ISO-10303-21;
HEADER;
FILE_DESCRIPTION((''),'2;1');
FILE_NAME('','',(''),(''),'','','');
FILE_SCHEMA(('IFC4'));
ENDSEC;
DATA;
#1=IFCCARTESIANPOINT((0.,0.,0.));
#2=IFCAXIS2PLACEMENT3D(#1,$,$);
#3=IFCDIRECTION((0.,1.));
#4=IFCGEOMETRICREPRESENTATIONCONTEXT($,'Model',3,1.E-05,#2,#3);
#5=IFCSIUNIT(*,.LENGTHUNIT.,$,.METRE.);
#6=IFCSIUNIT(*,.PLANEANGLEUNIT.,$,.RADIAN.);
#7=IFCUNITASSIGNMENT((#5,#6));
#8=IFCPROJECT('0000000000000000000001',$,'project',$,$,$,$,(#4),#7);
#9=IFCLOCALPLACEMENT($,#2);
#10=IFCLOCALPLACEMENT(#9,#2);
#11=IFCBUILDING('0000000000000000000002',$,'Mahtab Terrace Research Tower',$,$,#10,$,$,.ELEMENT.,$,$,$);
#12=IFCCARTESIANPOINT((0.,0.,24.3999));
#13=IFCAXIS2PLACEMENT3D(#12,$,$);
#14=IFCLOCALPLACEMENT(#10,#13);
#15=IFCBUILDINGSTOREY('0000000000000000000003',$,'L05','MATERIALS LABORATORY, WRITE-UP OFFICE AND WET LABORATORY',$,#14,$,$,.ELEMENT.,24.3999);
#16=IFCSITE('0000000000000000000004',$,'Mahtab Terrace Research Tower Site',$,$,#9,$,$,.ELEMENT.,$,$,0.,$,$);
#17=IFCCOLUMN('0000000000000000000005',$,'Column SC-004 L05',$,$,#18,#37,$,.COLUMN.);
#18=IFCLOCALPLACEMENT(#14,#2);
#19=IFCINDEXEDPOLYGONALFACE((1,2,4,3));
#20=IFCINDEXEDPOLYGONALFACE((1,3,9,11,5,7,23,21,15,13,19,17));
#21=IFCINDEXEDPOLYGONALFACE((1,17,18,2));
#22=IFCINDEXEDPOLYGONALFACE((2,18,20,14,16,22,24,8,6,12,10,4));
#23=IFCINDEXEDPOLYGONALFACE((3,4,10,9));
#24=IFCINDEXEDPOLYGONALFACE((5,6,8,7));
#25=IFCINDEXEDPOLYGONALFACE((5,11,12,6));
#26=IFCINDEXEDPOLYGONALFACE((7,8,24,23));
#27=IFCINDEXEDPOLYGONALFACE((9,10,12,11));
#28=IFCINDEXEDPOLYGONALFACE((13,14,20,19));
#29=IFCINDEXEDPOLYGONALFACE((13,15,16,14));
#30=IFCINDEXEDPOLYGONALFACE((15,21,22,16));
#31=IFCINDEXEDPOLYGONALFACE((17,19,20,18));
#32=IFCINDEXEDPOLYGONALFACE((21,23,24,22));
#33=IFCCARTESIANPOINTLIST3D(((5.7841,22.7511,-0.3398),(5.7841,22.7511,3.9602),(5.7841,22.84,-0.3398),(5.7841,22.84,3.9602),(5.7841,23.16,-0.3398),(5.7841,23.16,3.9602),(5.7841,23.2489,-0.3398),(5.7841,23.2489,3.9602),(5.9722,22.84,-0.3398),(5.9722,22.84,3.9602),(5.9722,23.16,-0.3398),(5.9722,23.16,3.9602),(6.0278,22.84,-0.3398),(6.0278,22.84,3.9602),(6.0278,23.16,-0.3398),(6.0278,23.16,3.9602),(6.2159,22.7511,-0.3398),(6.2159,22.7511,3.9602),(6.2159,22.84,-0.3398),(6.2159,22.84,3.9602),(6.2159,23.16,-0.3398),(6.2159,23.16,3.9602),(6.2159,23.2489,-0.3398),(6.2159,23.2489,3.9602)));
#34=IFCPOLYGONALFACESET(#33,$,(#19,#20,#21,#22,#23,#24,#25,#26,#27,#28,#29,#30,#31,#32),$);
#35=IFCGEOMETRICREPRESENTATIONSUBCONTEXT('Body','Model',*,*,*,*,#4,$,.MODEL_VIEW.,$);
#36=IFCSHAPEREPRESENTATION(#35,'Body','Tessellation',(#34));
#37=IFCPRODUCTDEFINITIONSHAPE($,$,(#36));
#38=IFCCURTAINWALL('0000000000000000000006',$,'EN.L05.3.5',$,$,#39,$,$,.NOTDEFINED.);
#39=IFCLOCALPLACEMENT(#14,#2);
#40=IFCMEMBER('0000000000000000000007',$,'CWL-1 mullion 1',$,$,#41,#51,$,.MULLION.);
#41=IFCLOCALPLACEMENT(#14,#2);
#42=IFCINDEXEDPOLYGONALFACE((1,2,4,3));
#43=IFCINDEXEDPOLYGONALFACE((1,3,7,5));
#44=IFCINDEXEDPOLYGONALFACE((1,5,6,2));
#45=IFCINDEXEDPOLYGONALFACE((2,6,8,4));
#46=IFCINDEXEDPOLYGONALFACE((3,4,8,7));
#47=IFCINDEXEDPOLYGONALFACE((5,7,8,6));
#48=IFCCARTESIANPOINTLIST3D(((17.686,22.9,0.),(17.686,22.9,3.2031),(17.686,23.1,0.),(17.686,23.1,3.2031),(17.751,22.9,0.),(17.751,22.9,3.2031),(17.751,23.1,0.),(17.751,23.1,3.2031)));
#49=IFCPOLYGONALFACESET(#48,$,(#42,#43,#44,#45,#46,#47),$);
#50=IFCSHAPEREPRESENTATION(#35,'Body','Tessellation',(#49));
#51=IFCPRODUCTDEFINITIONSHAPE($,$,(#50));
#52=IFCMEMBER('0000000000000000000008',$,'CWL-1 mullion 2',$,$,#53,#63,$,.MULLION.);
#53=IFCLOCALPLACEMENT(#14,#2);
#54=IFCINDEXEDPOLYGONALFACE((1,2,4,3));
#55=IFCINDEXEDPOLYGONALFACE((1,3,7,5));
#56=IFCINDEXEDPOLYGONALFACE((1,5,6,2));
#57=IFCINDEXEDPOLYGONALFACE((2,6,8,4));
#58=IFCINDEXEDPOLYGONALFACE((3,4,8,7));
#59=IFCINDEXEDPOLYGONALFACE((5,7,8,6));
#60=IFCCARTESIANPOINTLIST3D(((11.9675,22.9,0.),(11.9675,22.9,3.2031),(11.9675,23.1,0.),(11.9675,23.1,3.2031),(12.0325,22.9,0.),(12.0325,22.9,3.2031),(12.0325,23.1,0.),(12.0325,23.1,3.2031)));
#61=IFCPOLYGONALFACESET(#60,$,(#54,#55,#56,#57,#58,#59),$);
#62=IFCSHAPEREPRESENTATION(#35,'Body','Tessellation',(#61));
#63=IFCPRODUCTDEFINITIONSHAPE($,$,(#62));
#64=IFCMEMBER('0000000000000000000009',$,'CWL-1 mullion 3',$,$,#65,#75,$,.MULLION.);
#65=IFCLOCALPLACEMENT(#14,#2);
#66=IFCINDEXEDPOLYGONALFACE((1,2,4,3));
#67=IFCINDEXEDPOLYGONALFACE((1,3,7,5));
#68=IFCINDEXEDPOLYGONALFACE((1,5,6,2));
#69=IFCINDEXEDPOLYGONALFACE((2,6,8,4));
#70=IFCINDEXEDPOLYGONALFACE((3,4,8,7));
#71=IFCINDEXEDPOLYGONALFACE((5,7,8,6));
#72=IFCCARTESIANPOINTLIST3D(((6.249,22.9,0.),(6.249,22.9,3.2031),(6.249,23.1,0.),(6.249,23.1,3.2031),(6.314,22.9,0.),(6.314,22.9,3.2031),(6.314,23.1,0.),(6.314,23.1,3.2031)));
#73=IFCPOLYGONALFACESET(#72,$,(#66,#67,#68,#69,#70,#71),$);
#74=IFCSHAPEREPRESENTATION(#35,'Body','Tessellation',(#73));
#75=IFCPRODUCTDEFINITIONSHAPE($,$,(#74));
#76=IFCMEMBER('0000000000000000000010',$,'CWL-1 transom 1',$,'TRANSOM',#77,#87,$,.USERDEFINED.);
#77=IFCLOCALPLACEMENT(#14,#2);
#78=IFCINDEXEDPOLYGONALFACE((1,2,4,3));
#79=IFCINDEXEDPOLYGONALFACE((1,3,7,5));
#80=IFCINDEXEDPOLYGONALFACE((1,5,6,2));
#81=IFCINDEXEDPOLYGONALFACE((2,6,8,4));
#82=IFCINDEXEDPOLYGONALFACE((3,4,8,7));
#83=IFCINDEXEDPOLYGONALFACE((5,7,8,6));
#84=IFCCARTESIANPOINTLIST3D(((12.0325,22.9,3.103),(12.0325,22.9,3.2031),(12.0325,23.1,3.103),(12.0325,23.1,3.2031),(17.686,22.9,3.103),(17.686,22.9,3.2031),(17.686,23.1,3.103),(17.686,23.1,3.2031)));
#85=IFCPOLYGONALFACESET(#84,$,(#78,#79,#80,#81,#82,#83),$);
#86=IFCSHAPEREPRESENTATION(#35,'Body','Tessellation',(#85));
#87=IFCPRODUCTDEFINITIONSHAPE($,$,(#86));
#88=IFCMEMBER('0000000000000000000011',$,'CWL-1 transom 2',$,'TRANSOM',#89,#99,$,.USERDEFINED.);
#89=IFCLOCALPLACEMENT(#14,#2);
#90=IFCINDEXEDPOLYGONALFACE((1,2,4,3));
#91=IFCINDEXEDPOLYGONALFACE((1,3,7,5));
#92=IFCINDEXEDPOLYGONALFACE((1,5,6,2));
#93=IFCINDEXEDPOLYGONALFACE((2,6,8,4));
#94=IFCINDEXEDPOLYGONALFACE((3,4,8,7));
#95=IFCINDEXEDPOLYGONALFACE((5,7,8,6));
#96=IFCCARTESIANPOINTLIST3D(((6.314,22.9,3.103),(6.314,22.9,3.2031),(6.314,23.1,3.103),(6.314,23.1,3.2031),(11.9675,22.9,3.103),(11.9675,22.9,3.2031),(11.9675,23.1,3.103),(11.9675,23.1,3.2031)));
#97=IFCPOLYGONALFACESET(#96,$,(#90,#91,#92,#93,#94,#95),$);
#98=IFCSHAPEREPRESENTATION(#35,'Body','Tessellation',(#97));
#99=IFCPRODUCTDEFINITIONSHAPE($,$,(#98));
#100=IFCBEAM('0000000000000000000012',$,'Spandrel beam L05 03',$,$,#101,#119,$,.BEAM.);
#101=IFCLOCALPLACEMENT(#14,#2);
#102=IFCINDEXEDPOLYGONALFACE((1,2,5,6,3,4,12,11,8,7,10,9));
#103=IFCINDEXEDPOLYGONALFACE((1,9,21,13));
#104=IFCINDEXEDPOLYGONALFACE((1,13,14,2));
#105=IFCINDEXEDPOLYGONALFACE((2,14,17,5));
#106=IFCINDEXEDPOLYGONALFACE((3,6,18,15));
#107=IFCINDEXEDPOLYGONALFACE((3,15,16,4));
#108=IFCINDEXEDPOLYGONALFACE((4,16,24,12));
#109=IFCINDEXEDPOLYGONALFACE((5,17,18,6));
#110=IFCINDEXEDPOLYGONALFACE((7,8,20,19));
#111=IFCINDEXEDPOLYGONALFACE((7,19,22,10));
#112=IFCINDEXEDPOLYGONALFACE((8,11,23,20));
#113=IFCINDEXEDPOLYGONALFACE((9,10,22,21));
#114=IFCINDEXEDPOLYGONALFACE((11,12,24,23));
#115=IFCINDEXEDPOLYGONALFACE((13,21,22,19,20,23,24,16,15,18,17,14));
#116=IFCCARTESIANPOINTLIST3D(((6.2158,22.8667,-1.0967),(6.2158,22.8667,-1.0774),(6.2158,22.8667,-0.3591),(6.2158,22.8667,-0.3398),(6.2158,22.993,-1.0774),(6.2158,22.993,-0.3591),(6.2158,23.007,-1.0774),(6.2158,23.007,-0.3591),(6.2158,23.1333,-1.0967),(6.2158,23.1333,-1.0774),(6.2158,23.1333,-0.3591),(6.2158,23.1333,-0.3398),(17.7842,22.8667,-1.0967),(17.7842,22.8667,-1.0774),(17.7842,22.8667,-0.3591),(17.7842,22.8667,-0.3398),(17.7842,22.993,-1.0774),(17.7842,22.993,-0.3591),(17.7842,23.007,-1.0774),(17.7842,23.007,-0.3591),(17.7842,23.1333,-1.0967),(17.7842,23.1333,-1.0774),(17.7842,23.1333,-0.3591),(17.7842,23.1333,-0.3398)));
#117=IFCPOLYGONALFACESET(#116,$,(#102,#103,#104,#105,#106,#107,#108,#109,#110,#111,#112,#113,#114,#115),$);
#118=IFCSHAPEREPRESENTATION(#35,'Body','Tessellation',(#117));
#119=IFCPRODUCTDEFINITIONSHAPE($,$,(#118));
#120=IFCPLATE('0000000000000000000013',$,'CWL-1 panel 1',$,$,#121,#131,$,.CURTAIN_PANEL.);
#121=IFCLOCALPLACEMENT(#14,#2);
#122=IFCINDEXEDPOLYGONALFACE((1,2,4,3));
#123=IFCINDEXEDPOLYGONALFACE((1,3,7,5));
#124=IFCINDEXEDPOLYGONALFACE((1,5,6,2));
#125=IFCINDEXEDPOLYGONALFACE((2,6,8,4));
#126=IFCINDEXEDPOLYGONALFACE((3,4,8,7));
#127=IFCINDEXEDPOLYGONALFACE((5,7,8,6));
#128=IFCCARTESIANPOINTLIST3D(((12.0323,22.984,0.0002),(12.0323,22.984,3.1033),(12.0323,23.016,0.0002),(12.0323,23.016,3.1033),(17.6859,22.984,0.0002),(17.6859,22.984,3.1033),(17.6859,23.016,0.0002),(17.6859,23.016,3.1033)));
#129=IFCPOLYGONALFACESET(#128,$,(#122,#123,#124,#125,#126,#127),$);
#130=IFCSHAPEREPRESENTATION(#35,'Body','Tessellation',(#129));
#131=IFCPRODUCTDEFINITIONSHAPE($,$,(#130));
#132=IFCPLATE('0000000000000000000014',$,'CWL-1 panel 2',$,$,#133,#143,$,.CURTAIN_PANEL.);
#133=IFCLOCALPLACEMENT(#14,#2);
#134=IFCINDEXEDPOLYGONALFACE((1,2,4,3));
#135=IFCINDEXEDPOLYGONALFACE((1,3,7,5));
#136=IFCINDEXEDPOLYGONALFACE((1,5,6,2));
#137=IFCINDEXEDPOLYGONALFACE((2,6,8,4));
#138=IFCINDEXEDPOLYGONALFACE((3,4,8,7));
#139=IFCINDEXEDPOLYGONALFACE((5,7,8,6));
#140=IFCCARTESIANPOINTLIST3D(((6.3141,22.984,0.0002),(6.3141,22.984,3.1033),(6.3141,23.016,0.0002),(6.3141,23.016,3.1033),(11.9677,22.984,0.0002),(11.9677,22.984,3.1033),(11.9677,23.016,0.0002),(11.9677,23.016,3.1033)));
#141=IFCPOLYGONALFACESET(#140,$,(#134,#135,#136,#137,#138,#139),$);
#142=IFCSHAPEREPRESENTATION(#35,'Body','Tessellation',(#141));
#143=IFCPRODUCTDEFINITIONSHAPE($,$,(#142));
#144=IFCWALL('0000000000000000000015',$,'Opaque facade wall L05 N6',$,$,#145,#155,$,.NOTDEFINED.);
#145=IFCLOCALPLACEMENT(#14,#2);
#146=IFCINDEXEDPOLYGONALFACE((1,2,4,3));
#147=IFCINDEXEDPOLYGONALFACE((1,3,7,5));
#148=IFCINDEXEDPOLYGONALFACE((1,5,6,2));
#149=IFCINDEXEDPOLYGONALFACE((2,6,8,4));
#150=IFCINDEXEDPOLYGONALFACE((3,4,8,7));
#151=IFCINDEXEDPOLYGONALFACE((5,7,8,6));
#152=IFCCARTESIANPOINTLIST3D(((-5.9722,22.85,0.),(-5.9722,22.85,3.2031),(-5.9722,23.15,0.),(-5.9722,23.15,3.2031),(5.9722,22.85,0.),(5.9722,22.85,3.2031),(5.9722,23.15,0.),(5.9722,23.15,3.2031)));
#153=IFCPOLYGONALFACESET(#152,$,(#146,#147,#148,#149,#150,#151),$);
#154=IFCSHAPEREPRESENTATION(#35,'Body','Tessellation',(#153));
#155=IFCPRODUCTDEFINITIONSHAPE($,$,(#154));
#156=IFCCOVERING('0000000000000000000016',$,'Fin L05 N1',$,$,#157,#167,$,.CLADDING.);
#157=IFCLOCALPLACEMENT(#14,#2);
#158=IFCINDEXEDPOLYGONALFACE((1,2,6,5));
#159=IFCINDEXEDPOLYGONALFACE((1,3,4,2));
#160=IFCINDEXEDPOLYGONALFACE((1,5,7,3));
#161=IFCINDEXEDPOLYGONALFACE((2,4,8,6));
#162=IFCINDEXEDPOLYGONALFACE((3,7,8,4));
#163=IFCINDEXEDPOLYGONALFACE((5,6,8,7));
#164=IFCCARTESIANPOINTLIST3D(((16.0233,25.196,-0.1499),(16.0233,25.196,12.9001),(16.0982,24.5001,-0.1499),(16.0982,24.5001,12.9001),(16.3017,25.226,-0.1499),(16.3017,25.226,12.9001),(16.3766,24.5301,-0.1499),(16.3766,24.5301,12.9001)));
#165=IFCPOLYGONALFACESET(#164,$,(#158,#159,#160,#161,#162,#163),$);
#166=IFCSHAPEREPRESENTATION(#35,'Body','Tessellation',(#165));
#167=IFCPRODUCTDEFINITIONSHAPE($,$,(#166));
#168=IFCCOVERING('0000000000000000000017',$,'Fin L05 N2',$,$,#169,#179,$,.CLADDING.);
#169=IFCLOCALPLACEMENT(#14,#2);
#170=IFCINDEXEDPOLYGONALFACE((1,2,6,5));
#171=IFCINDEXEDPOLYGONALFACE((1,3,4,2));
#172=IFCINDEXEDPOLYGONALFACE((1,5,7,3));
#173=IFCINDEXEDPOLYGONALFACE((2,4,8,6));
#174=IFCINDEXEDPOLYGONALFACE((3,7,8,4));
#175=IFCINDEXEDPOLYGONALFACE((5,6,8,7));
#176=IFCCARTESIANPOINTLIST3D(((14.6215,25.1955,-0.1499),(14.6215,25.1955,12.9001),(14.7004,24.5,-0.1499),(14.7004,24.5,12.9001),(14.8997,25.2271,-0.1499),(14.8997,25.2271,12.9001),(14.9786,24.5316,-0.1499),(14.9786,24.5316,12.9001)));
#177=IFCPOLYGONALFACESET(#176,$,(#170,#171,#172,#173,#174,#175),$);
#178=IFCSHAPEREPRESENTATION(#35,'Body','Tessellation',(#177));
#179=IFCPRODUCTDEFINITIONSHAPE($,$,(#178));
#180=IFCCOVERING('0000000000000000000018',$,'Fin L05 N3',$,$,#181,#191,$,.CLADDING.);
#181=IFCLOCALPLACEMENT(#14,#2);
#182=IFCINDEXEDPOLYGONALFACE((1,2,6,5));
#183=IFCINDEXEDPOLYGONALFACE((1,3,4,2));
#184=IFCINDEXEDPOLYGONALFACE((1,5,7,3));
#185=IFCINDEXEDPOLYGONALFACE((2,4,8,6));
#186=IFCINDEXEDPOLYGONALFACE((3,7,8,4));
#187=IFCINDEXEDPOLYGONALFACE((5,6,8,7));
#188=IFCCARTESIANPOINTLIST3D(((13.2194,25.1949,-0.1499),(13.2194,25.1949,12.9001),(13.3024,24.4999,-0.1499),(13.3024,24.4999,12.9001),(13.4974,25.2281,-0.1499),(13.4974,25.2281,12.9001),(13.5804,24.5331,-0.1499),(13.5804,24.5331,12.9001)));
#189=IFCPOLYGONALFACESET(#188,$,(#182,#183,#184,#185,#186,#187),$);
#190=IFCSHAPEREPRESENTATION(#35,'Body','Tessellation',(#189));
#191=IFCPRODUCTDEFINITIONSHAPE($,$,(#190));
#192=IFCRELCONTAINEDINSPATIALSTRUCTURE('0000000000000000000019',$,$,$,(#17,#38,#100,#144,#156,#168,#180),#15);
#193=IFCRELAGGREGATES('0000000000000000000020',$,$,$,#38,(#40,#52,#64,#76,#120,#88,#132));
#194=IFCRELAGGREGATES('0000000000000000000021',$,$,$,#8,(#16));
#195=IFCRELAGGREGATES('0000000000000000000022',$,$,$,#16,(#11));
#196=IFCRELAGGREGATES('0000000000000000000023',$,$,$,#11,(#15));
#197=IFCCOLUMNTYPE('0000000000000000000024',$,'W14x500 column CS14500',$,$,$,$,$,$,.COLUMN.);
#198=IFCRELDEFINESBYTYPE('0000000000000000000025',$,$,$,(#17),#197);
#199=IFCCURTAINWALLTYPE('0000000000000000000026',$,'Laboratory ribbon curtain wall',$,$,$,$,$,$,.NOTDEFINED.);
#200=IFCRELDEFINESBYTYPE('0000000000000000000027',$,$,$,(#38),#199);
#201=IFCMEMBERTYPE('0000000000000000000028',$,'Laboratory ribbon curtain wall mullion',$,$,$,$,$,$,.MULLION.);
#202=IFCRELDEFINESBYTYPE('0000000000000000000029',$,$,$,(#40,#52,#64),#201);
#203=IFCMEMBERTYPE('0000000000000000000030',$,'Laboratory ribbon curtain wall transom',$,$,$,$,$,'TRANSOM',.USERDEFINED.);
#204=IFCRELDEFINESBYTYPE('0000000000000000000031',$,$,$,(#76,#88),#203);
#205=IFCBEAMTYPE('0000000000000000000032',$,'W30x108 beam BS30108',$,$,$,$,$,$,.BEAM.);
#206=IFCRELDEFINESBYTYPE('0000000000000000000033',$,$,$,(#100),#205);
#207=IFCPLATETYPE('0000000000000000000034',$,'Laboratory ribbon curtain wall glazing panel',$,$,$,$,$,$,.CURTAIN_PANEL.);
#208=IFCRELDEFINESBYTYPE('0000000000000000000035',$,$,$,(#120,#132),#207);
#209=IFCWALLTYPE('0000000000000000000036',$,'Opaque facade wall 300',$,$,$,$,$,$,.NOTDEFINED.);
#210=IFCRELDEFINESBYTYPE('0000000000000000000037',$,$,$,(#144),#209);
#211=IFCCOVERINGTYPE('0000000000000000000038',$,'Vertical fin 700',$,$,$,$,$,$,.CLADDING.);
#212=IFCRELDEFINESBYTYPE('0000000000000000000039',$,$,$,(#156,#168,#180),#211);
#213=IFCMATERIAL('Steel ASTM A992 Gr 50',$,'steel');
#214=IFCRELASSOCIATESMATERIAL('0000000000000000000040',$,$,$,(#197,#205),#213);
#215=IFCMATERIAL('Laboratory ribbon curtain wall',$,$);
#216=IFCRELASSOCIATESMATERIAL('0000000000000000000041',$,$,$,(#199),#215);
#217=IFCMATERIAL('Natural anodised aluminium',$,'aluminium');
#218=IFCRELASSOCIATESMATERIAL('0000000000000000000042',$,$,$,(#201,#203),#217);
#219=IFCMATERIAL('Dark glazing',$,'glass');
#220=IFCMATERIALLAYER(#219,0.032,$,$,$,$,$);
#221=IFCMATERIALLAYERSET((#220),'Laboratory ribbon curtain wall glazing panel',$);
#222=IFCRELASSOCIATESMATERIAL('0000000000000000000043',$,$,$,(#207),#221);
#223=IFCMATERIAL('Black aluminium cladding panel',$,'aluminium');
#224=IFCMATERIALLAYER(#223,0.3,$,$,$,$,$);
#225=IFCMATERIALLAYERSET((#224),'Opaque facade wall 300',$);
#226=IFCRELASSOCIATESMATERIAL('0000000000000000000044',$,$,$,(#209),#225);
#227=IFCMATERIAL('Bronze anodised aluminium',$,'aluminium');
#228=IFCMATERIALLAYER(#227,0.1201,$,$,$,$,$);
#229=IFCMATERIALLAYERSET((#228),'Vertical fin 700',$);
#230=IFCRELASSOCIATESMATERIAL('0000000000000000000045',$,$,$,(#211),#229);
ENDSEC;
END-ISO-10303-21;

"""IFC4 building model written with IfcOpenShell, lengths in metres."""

from ifc_helpers import new_model, si_unit, direction, frame, frame_2d, origin, origin_2d, place, context, subcontext, project, spatial, rectangle, i_section, extrude, material, layer, layer_set, material_profile, profile_set, type_object, element, aggregate, save


model = new_model("IFC4")

# Units and contexts
model_context = context("Model", 3, precision=1e-05, world=origin(), true_north=direction((0.0, 1.0)))
body_context = subcontext(model_context, "Body", "Model", "MODEL_VIEW")
ifc_project = project(units=[si_unit("LENGTHUNIT", "METRE"), si_unit("PLANEANGLEUNIT", "RADIAN")], contexts=[model_context])

# Site, building, storey
site_placement = place(None, origin())
site = spatial("IfcSite", under=ifc_project, at=site_placement, Name="Mahtab Terrace Research Tower Site", CompositionType="ELEMENT", RefElevation=0.0)
building_placement = place(site_placement, origin())
building = spatial("IfcBuilding", under=site, at=building_placement, Name="Mahtab Terrace Research Tower", CompositionType="ELEMENT")
storey_placement = place(building_placement, frame((0.0, 0.0, 24.3999)))
storey = spatial("IfcBuildingStorey", under=building, at=storey_placement, Name="L05", Description="MATERIALS LABORATORY, WRITE-UP OFFICE AND WET LABORATORY", CompositionType="ELEMENT", Elevation=24.3999)

# Column
ifc_material_1 = material(Name="Steel ASTM A992 Gr 50", Category="steel")
ifc_material_profile_1 = material_profile(ifc_material_1, i_section(OverallWidth=0.4319, OverallDepth=0.4978, WebThickness=0.0557, FlangeThickness=0.0889, at=origin_2d()), Name="W14X500")
ifc_profile_set_1 = profile_set([ifc_material_profile_1], Name="Steel ASTM A992 Gr 50")
column_type = type_object("IfcColumnType", Name="W14x500 column CS14500", PredefinedType="COLUMN", material=ifc_profile_set_1)
column_placement = place(storey_placement, frame((6.0, 23.0, -0.3398), z_axis=(0.0, 0.0, 1.0), x_axis=(1.0, 0.0, 0.0)))
element("IfcColumn", 1, at=column_placement, inside=storey, type_object=column_type, Name="Column SC-004 L05", PredefinedType="COLUMN", context=body_context, shape_type="SweptSolid", body=[
    extrude(i_section(OverallWidth=0.4319, OverallDepth=0.4978, WebThickness=0.0557, FlangeThickness=0.0889, at=origin_2d()), origin(), (0.0, 0.0, 1.0), 4.3),
])

# Curtain wall, members
ifc_material_2 = material(Name="Laboratory ribbon curtain wall")
curtain_wall_type = type_object("IfcCurtainWallType", Name="Laboratory ribbon curtain wall", PredefinedType="NOTDEFINED", material=ifc_material_2)
curtain_wall_placement = place(storey_placement, origin())
curtain_wall = element("IfcCurtainWall", 2, at=curtain_wall_placement, inside=storey, type_object=curtain_wall_type, Name="EN.L05.3.5", PredefinedType="NOTDEFINED")
ifc_material_3 = material(Name="Natural anodised aluminium", Category="aluminium")
ifc_material_profile_2 = material_profile(ifc_material_3, rectangle(XDim=0.2, YDim=0.0649, at=origin_2d()), Name="MULLION 65x200")
ifc_profile_set_2 = profile_set([ifc_material_profile_2], Name="Natural anodised aluminium")
member_type_1 = type_object("IfcMemberType", Name="Laboratory ribbon curtain wall mullion", PredefinedType="MULLION", material=ifc_profile_set_2)
member_1_placement = place(storey_placement, frame((17.7185, 23.0, 0.0), z_axis=(0.0, 0.0, 1.0), x_axis=(0.0, -1.0, 0.0)))
member_1 = element("IfcMember", 3, at=member_1_placement, type_object=member_type_1, Name="CWL-1 mullion 1", PredefinedType="MULLION", context=body_context, shape_type="SweptSolid", body=[
    extrude(rectangle(XDim=0.2, YDim=0.0649, at=origin_2d()), origin(), (0.0, 0.0, 1.0), 3.2031),
])
member_2_placement = place(storey_placement, frame((12.0, 23.0, 0.0), z_axis=(0.0, 0.0, 1.0), x_axis=(0.0, -1.0, 0.0)))
member_2 = element("IfcMember", 4, at=member_2_placement, type_object=member_type_1, Name="CWL-1 mullion 2", PredefinedType="MULLION", context=body_context, shape_type="SweptSolid", body=[
    extrude(rectangle(XDim=0.2, YDim=0.0649, at=origin_2d()), origin(), (0.0, 0.0, 1.0), 3.2031),
])
member_3_placement = place(storey_placement, frame((6.2815, 23.0, 0.0), z_axis=(0.0, 0.0, 1.0), x_axis=(0.0, -1.0, 0.0)))
member_3 = element("IfcMember", 5, at=member_3_placement, type_object=member_type_1, Name="CWL-1 mullion 3", PredefinedType="MULLION", context=body_context, shape_type="SweptSolid", body=[
    extrude(rectangle(XDim=0.2, YDim=0.0649, at=origin_2d()), origin(), (0.0, 0.0, 1.0), 3.2031),
])
ifc_material_profile_3 = material_profile(ifc_material_3, rectangle(XDim=0.2, YDim=0.1001, at=origin_2d()), Name="TRANSOM 100x200")
ifc_profile_set_3 = profile_set([ifc_material_profile_3], Name="Natural anodised aluminium")
member_type_2 = type_object("IfcMemberType", Name="Laboratory ribbon curtain wall transom", ElementType="TRANSOM", PredefinedType="USERDEFINED", material=ifc_profile_set_3)
member_4_placement = place(storey_placement, frame((17.686, 23.0, 3.1531), z_axis=(-1.0, 0.0, 0.0), x_axis=(0.0, -1.0, 0.0)))
member_4 = element("IfcMember", 6, at=member_4_placement, type_object=member_type_2, Name="CWL-1 transom 1", ObjectType="TRANSOM", PredefinedType="USERDEFINED", context=body_context, shape_type="SweptSolid", body=[
    extrude(rectangle(XDim=0.2, YDim=0.1001, at=origin_2d()), origin(), (0.0, 0.0, 1.0), 5.6536),
])
member_5_placement = place(storey_placement, frame((11.9675, 23.0, 3.1531), z_axis=(-1.0, 0.0, 0.0), x_axis=(0.0, -1.0, 0.0)))
member_5 = element("IfcMember", 7, at=member_5_placement, type_object=member_type_2, Name="CWL-1 transom 2", ObjectType="TRANSOM", PredefinedType="USERDEFINED", context=body_context, shape_type="SweptSolid", body=[
    extrude(rectangle(XDim=0.2, YDim=0.1001, at=origin_2d()), origin(), (0.0, 0.0, 1.0), 5.6536),
])

# Beam
ifc_material_profile_4 = material_profile(ifc_material_1, i_section(OverallWidth=0.2666, OverallDepth=0.7568, WebThickness=0.0139, FlangeThickness=0.0193, at=origin_2d()), Name="W30X108")
ifc_profile_set_4 = profile_set([ifc_material_profile_4], Name="Steel ASTM A992 Gr 50")
beam_type = type_object("IfcBeamType", Name="W30x108 beam BS30108", PredefinedType="BEAM", material=ifc_profile_set_4)
beam_placement = place(storey_placement, frame((17.7842, 23.0, -0.7183), z_axis=(-1.0, 0.0, 0.0), x_axis=(0.0, -1.0, 0.0)))
element("IfcBeam", 8, at=beam_placement, inside=storey, type_object=beam_type, Name="Spandrel beam L05 03", PredefinedType="BEAM", context=body_context, shape_type="SweptSolid", body=[
    extrude(i_section(OverallWidth=0.2666, OverallDepth=0.7568, WebThickness=0.0139, FlangeThickness=0.0193, at=origin_2d()), origin(), (0.0, 0.0, 1.0), 11.5684),
])

# Plates
ifc_material_4 = material(Name="Dark glazing", Category="glass")
ifc_layer_1 = layer(ifc_material_4, 0.032)
ifc_layer_set_1 = layer_set([ifc_layer_1], Name="Laboratory ribbon curtain wall glazing panel")
plate_type = type_object("IfcPlateType", Name="Laboratory ribbon curtain wall glazing panel", PredefinedType="CURTAIN_PANEL", material=ifc_layer_set_1)
plate_1_placement = place(storey_placement, frame((14.8591, 23.0, 0.0002), z_axis=(0.0, 0.0, 1.0), x_axis=(-1.0, 0.0, 0.0)))
plate_1 = element("IfcPlate", 9, at=plate_1_placement, type_object=plate_type, Name="CWL-1 panel 1", PredefinedType="CURTAIN_PANEL", context=body_context, shape_type="SweptSolid", body=[
    extrude(rectangle(XDim=5.6536, YDim=0.032, at=origin_2d()), origin(), (0.0, 0.0, 1.0), 3.103),
])
plate_2_placement = place(storey_placement, frame((9.1409, 23.0, 0.0002), z_axis=(0.0, 0.0, 1.0), x_axis=(-1.0, 0.0, 0.0)))
plate_2 = element("IfcPlate", 10, at=plate_2_placement, type_object=plate_type, Name="CWL-1 panel 2", PredefinedType="CURTAIN_PANEL", context=body_context, shape_type="SweptSolid", body=[
    extrude(rectangle(XDim=5.6536, YDim=0.032, at=origin_2d()), origin(), (0.0, 0.0, 1.0), 3.103),
])
aggregate(curtain_wall, [member_1, member_2, member_3, member_4, plate_1, member_5, plate_2])

# Wall
ifc_material_5 = material(Name="Black aluminium cladding panel", Category="aluminium")
ifc_layer_2 = layer(ifc_material_5, 0.3)
ifc_layer_set_2 = layer_set([ifc_layer_2], Name="Opaque facade wall 300")
wall_type = type_object("IfcWallType", Name="Opaque facade wall 300", PredefinedType="NOTDEFINED", material=ifc_layer_set_2)
wall_placement = place(storey_placement, frame((5.9722, 23.0, 0.0), z_axis=(0.0, 0.0, 1.0), x_axis=(-1.0, 0.0, 0.0)))
element("IfcWall", 11, at=wall_placement, inside=storey, type_object=wall_type, Name="Opaque facade wall L05 N6", PredefinedType="NOTDEFINED", context=body_context, shape_type="SweptSolid", body=[
    extrude(rectangle(XDim=11.9443, YDim=0.3, at=frame_2d((5.9722, 0.0))), origin(), (0.0, 0.0, 1.0), 3.2031),
])

# Coverings
ifc_material_6 = material(Name="Bronze anodised aluminium", Category="aluminium")
ifc_layer_3 = layer(ifc_material_6, 0.1201)
ifc_layer_set_3 = layer_set([ifc_layer_3], Name="Vertical fin 700")
covering_type = type_object("IfcCoveringType", Name="Vertical fin 700", PredefinedType="CLADDING", material=ifc_layer_set_3)
for number, where, z_axis, x_axis, name in (
    (12, (16.2, 24.863, -0.1499), (0.0, 0.0, 1.0), (-0.994258, -0.107008, 0.0), "Fin L05 N1"),
    (13, (14.8, 24.8635, -0.1499), (0.0, 0.0, 1.0), (-0.993619, -0.11279, 0.0), "Fin L05 N2"),
    (14, (13.3999, 24.864, -0.1499), (0.0, 0.0, 1.0), (-0.992946, -0.118569, 0.0), "Fin L05 N3"),
):
    element("IfcCovering", number, at=place(storey_placement, frame(where, z_axis=z_axis, x_axis=x_axis)), inside=storey, type_object=covering_type, Name=name, PredefinedType="CLADDING", context=body_context, shape_type="SweptSolid", body=[
        extrude(rectangle(XDim=0.28, YDim=0.7, at=origin_2d()), origin(), (0.0, 0.0, 1.0), 13.05),
    ])

save(model, "model.ifc")
